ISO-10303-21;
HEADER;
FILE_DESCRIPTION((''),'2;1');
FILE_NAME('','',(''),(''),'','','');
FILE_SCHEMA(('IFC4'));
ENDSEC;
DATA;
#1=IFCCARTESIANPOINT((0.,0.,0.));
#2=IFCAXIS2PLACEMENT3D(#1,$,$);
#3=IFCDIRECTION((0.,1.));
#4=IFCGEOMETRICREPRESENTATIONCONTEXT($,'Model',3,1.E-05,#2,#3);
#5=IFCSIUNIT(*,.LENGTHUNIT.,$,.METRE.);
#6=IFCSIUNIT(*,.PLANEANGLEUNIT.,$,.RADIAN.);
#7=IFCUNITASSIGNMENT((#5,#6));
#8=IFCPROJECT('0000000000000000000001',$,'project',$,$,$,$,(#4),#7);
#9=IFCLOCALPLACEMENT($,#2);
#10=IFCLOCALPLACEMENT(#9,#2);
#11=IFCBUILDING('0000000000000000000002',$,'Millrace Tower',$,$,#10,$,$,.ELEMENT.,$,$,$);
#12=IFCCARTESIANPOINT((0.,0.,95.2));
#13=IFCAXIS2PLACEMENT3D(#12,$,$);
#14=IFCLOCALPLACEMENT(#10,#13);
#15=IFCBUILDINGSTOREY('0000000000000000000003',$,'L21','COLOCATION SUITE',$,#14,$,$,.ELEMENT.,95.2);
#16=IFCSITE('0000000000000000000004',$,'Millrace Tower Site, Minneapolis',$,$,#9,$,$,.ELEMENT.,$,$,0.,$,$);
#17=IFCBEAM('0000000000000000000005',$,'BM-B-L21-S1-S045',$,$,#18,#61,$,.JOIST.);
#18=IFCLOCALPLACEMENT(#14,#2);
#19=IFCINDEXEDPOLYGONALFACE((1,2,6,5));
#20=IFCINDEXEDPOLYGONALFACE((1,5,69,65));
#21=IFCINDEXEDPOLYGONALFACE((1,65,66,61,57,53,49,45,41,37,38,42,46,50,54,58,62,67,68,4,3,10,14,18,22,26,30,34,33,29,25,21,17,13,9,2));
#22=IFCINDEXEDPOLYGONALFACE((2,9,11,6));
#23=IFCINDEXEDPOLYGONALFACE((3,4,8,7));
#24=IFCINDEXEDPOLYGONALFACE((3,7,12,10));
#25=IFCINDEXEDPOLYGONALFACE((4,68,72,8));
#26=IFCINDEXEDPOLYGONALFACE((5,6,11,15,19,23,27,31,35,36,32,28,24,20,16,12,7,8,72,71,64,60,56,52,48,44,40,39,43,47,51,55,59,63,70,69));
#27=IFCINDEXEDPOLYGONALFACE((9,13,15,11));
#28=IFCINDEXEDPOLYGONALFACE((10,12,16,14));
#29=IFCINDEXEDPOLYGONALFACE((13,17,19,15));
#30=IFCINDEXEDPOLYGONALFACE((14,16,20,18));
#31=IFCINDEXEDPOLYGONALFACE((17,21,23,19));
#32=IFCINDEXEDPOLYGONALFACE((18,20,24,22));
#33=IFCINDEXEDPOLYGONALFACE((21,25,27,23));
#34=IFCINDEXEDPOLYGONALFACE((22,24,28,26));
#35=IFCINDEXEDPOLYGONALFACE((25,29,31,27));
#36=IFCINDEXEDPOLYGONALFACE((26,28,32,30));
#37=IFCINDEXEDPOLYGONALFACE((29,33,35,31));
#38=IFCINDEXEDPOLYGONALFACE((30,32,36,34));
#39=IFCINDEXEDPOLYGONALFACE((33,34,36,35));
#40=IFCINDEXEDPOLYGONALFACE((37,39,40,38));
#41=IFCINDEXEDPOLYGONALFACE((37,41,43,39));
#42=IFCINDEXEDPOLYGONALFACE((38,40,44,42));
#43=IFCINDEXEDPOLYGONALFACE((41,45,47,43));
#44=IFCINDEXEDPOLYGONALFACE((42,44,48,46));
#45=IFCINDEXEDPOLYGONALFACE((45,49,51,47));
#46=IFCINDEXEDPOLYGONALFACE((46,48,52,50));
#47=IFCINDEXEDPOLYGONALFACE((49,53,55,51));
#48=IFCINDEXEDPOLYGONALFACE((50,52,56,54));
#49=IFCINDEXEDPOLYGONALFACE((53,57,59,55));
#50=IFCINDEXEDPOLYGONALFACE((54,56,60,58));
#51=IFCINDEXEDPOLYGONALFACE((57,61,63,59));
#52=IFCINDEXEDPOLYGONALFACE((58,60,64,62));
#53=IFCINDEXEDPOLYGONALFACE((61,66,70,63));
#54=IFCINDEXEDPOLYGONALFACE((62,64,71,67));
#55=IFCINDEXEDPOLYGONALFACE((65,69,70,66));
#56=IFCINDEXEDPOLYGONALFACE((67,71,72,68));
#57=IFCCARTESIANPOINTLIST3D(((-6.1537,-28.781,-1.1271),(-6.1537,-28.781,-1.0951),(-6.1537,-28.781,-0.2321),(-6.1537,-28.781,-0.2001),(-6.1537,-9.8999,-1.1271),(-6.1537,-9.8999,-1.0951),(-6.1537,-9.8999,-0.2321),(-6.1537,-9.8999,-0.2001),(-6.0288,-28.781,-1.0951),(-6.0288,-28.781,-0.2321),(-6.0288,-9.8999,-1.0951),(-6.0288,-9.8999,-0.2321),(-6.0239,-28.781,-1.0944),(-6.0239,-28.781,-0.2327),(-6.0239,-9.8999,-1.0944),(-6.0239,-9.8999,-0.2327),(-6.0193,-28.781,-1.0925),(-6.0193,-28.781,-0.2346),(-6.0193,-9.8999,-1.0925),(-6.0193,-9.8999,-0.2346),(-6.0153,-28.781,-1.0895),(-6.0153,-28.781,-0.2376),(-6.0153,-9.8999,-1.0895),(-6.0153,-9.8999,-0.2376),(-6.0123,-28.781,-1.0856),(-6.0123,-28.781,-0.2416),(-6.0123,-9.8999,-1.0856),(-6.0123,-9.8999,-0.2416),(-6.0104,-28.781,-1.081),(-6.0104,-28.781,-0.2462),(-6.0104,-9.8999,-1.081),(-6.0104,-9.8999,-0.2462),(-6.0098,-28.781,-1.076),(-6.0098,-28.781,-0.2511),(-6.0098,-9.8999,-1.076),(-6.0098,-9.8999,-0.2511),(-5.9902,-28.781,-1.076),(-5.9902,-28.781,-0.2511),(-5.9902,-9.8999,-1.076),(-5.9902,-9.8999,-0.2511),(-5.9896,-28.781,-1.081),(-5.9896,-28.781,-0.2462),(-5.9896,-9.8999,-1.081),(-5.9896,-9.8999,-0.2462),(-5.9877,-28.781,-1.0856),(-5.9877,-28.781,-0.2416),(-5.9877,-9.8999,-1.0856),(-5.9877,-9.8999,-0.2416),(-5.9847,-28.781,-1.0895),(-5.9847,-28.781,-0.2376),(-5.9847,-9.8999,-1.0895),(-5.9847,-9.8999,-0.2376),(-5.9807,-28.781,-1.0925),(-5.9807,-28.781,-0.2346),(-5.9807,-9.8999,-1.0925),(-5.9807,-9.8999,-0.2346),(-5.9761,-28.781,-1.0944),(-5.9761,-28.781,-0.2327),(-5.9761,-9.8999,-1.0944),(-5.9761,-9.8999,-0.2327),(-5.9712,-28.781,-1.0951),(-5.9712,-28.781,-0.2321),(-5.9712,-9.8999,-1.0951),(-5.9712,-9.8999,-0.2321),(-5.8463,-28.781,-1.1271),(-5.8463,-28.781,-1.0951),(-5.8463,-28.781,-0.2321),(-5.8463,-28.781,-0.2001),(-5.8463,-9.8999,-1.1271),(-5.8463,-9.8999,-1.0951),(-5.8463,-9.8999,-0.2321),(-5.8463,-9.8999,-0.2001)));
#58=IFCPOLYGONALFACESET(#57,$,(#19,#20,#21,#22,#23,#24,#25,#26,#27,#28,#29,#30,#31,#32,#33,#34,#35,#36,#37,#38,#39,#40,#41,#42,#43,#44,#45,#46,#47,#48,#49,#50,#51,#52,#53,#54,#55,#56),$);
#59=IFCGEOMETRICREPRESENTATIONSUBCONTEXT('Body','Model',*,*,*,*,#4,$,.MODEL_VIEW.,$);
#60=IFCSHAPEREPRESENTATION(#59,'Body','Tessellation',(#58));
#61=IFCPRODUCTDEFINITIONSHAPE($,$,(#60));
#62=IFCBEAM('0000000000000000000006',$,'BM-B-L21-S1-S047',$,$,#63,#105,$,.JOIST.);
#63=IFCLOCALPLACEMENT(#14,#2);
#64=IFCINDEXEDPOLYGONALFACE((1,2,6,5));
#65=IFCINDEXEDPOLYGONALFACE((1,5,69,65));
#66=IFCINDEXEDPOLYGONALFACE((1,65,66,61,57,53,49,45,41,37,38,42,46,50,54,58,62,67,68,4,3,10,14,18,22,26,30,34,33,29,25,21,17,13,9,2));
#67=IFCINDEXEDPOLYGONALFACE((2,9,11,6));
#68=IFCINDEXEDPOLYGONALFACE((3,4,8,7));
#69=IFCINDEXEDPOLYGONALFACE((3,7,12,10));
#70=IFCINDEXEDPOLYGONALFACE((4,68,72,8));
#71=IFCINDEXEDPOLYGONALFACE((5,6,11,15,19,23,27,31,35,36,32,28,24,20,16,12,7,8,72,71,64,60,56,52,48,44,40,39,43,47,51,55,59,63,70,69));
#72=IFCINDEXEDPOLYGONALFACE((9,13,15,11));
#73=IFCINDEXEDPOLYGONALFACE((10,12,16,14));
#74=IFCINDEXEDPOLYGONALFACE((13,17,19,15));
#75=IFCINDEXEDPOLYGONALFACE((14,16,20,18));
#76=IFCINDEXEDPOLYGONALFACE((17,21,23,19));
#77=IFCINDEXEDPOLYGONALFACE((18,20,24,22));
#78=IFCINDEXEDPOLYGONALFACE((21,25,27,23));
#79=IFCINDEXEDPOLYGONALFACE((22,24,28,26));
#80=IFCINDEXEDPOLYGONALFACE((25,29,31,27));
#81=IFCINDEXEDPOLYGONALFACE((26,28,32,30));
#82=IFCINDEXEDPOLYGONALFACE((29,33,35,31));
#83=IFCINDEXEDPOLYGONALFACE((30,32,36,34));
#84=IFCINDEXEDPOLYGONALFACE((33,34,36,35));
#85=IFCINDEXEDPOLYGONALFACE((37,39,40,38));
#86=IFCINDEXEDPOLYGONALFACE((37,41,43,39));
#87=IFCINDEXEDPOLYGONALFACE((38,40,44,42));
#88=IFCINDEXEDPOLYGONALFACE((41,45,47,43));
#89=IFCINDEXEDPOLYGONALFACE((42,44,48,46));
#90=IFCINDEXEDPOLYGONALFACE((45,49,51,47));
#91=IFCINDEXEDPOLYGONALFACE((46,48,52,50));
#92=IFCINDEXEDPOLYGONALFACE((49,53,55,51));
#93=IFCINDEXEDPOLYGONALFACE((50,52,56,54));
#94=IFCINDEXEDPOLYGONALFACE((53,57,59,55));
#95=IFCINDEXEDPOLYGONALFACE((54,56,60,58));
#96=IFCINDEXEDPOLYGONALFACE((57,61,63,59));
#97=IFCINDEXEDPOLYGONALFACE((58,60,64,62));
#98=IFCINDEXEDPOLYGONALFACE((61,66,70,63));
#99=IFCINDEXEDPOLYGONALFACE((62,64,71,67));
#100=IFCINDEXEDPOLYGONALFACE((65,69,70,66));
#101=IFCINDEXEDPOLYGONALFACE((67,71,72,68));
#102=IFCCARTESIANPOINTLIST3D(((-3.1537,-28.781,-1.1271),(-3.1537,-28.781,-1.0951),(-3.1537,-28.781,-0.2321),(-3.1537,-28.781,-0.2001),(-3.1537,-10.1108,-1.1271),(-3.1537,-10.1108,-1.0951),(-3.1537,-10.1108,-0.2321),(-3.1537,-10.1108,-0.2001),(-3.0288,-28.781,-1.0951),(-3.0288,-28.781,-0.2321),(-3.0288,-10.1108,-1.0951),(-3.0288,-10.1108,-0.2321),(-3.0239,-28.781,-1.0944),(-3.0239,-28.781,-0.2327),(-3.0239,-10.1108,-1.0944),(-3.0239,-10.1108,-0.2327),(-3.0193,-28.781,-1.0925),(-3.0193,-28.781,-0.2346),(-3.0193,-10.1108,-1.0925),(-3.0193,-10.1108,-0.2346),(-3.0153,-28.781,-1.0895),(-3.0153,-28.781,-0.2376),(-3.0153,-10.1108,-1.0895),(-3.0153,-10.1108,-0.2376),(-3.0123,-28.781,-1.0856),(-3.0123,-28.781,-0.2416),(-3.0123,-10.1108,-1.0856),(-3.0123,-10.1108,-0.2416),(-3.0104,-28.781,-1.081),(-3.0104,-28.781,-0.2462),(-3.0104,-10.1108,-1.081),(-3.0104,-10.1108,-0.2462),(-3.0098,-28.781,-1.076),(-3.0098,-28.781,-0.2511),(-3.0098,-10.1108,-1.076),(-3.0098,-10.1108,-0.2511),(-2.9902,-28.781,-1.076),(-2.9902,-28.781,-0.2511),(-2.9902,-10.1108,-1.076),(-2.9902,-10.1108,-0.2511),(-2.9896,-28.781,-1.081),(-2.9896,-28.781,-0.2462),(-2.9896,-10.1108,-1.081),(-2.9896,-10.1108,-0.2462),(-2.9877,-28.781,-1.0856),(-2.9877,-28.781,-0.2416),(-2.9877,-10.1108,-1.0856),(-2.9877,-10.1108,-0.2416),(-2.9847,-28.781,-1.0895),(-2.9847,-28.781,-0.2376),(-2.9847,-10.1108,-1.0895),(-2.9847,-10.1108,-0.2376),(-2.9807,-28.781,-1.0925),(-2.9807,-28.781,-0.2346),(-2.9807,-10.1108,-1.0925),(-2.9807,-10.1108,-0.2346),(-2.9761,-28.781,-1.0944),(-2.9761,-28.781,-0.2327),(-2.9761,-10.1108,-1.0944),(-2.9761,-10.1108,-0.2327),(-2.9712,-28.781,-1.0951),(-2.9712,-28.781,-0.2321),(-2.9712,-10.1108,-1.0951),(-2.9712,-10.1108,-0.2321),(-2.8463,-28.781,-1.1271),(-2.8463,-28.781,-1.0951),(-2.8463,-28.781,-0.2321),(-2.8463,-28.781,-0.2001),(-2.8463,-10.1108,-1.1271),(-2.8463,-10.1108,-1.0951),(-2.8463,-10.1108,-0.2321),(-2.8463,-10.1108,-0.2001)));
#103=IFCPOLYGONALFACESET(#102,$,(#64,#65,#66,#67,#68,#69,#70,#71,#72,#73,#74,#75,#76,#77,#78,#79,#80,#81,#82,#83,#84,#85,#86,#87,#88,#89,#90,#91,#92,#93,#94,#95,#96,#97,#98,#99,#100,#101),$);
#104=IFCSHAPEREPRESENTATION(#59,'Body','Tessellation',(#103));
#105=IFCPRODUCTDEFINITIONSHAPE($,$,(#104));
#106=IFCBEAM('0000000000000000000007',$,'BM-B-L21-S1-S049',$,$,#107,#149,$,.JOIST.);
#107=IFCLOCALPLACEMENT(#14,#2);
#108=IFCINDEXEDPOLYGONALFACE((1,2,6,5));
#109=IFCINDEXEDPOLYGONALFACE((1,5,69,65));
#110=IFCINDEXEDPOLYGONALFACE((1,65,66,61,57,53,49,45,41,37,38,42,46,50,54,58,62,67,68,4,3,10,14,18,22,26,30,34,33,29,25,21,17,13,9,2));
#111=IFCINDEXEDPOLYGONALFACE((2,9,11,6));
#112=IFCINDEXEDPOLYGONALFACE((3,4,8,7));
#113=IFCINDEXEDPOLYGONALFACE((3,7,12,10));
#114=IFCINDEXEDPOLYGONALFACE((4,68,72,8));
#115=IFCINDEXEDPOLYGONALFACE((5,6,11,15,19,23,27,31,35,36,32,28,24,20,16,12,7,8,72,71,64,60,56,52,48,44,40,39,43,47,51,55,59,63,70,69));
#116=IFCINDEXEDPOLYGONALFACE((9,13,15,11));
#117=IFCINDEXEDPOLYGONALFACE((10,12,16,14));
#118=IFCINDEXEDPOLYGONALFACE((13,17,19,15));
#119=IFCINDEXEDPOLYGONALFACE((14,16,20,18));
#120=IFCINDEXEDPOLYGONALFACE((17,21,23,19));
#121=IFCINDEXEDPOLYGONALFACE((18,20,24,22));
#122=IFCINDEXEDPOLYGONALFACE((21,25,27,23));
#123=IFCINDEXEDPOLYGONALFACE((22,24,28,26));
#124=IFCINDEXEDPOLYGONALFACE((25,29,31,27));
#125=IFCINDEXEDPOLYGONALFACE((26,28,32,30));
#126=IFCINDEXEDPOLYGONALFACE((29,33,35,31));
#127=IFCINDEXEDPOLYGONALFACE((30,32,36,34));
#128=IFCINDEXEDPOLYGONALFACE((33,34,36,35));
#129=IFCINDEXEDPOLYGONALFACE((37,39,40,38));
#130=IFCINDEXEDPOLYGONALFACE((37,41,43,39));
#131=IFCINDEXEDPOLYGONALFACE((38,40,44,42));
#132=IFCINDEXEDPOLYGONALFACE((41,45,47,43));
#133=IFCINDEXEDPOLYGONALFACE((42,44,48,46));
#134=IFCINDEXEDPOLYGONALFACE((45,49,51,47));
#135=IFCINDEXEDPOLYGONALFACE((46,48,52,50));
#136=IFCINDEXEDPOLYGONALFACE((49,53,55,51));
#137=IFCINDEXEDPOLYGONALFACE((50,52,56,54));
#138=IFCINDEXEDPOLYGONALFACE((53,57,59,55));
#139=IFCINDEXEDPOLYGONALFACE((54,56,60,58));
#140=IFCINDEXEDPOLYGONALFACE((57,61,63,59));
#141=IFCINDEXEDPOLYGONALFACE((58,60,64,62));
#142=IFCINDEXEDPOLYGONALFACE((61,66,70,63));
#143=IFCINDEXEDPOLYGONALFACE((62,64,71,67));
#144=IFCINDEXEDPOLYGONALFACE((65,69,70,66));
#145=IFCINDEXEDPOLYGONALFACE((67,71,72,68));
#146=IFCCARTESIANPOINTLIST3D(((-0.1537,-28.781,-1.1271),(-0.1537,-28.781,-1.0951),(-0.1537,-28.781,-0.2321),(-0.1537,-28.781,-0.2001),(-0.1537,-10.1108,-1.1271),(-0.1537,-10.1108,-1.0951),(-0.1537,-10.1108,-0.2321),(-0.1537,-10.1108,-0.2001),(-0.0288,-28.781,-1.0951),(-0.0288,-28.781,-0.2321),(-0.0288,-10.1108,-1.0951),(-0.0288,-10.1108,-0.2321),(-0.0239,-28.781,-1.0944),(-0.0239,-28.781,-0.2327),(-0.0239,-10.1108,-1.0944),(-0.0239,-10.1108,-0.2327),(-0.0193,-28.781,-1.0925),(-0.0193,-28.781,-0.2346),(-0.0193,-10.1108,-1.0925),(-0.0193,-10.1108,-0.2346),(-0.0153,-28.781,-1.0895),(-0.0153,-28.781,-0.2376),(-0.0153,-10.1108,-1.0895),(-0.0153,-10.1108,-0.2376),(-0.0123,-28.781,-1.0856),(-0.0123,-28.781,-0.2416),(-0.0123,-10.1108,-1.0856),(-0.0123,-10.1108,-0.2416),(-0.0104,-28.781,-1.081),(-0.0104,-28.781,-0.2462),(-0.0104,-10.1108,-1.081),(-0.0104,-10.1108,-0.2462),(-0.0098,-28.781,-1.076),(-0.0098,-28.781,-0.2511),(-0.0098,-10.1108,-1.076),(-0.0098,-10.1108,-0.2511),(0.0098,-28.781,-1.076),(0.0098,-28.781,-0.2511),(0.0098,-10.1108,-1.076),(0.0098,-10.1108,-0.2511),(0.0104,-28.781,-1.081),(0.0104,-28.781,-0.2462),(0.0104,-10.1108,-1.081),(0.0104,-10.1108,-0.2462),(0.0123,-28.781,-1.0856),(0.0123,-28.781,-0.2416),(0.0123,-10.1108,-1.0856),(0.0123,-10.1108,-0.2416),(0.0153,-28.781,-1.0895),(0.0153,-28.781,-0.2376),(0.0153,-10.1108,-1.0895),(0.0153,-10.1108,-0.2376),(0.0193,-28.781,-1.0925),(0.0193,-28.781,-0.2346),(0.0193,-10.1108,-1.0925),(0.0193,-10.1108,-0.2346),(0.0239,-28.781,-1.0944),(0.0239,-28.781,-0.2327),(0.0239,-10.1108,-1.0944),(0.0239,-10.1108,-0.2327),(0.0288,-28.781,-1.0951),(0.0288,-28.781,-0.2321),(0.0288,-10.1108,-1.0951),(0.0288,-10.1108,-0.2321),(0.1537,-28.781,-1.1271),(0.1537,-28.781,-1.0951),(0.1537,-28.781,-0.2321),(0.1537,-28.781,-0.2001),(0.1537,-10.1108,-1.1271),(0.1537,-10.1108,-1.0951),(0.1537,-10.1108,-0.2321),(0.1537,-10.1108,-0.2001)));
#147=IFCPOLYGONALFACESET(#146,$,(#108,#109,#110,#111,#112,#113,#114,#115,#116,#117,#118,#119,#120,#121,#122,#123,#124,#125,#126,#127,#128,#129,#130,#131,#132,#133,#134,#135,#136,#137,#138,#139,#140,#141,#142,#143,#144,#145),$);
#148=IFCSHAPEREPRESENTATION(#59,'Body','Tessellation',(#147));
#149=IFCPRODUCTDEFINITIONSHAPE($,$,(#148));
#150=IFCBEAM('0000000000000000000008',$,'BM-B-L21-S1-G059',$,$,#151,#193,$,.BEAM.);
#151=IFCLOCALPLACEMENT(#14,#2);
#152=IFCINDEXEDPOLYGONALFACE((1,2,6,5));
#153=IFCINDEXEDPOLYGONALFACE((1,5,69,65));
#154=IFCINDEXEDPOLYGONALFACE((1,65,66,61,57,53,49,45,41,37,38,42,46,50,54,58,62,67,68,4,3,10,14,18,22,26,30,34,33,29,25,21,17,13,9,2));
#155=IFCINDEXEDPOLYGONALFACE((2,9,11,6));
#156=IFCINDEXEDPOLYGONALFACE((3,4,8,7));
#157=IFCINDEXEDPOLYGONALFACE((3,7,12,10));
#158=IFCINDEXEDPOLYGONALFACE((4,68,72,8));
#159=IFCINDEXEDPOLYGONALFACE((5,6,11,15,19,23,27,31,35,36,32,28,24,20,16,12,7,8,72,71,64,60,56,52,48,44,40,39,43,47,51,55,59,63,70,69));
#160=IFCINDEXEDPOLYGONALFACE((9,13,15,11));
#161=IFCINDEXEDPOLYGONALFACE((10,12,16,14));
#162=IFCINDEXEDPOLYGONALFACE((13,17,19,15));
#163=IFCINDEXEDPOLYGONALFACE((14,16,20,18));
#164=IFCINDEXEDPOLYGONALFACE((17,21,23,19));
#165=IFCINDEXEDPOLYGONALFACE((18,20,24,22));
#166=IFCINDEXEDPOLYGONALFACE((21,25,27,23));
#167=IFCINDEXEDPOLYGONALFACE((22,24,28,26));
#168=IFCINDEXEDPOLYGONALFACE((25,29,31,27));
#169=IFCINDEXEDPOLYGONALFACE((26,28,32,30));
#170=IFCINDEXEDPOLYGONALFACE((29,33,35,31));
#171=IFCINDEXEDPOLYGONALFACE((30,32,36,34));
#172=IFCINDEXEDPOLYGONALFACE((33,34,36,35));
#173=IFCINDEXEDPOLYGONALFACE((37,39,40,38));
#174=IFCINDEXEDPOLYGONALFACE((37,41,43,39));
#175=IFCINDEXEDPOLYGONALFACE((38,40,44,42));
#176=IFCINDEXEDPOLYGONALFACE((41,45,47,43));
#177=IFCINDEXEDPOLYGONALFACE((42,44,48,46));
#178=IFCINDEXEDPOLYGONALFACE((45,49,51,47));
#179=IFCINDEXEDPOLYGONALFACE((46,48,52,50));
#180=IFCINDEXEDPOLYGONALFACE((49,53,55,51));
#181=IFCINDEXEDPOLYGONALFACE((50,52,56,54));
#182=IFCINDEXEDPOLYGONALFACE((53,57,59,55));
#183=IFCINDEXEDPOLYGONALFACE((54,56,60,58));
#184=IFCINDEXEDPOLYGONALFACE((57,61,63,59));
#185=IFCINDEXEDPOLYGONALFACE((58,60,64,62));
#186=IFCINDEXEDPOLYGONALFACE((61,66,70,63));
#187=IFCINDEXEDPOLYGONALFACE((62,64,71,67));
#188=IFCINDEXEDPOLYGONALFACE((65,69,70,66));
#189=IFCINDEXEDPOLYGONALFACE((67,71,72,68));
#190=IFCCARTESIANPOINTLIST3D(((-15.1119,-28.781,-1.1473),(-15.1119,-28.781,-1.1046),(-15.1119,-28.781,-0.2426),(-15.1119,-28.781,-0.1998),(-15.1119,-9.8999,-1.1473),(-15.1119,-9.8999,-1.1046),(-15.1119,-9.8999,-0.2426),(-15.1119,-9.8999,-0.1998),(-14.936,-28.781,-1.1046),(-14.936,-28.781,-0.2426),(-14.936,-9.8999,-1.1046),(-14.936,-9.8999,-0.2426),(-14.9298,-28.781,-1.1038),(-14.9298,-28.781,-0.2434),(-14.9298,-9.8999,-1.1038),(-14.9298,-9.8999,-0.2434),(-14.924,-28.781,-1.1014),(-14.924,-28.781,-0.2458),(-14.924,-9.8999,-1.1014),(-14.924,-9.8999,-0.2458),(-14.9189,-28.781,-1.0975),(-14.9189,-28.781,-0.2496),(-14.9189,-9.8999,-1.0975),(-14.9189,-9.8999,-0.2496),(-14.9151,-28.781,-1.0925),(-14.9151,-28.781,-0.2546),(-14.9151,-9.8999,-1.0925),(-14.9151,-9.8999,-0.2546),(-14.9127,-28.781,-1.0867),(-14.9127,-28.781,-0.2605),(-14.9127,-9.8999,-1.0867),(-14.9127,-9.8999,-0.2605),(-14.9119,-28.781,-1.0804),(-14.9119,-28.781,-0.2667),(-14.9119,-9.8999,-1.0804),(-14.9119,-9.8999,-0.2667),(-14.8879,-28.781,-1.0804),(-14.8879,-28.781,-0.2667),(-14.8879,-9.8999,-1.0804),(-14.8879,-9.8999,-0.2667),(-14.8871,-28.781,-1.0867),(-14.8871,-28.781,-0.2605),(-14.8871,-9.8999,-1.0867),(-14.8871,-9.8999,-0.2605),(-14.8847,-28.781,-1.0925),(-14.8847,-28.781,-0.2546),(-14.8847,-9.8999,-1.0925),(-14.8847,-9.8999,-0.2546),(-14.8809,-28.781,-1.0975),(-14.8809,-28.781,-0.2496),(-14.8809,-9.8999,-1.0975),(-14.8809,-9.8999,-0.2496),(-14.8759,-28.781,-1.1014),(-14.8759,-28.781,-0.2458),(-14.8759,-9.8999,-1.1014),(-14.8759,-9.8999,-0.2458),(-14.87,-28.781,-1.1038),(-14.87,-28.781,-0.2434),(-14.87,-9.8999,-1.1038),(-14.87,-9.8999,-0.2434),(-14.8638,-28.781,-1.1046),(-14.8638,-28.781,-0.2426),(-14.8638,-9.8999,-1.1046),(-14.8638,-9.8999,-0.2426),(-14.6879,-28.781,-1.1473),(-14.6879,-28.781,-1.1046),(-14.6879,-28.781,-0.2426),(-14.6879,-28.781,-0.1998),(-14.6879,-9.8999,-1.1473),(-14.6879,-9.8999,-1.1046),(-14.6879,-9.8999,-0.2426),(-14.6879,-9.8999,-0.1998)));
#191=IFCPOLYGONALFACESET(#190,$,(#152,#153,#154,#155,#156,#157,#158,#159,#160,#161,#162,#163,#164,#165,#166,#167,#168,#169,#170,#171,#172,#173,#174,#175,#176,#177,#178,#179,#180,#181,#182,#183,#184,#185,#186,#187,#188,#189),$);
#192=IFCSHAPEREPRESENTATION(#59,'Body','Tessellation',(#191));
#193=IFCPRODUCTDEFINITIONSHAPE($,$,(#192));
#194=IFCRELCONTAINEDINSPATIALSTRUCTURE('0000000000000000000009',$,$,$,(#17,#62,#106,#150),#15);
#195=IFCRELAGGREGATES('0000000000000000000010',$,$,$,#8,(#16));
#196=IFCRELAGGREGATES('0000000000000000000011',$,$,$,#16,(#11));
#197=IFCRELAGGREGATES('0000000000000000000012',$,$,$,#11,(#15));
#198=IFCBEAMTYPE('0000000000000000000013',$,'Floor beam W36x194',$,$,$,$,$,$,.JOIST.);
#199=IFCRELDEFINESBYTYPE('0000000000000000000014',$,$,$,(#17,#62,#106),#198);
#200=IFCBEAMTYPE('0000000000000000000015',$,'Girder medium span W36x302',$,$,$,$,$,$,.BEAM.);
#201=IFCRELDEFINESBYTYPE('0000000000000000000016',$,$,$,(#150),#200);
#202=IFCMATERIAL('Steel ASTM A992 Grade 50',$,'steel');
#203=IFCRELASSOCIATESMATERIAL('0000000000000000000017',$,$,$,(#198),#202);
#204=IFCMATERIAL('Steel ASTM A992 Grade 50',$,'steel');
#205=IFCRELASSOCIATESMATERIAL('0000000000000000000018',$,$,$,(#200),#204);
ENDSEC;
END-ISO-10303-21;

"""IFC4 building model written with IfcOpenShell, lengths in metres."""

from ifc_helpers import new_model, si_unit, direction, frame, origin, origin_2d, place, context, subcontext, project, spatial, i_section, extrude, material, material_profile, profile_set, type_object, element, save


model = new_model("IFC4")

# Units and contexts
model_context = context("Model", 3, precision=1e-05, world=origin(), true_north=direction((0.0, 1.0)))
body_context = subcontext(model_context, "Body", "Model", "MODEL_VIEW")
ifc_project = project(units=[si_unit("LENGTHUNIT", "METRE"), si_unit("PLANEANGLEUNIT", "RADIAN")], contexts=[model_context])

# Site, building, storey
site_placement = place(None, origin())
site = spatial("IfcSite", under=ifc_project, at=site_placement, Name="Millrace Tower Site, Minneapolis", CompositionType="ELEMENT", RefElevation=0.0)
building_placement = place(site_placement, origin())
building = spatial("IfcBuilding", under=site, at=building_placement, Name="Millrace Tower", CompositionType="ELEMENT")
storey_placement = place(building_placement, frame((0.0, 0.0, 95.2)))
storey = spatial("IfcBuildingStorey", under=building, at=storey_placement, Name="L21", Description="COLOCATION SUITE", CompositionType="ELEMENT", Elevation=95.2)

# Beams
ifc_material_1 = material(Name="Steel ASTM A992 Grade 50", Category="steel")
ifc_material_profile_1 = material_profile(ifc_material_1, i_section(OverallWidth=0.3074, OverallDepth=0.927, WebThickness=0.0195, FlangeThickness=0.032, FilletRadius=0.019, at=origin_2d()))
ifc_profile_set_1 = profile_set([ifc_material_profile_1], Name="Steel ASTM A992 Grade 50")
beam_type_1 = type_object("IfcBeamType", Name="Floor beam W36x194", PredefinedType="JOIST", material=ifc_profile_set_1)
for number, where, z_axis, x_axis, name in (
    (1, (-6.0, -28.781, -0.6636), (0.0, 1.0, 0.0), (-1.0, 0.0, 0.0), "BM-B-L21-S1-S045"),
):
    element("IfcBeam", number, at=place(storey_placement, frame(where, z_axis=z_axis, x_axis=x_axis)), inside=storey, type_object=beam_type_1, Name=name, PredefinedType="JOIST", context=body_context, shape_type="SweptSolid", body=[
        extrude(i_section(OverallWidth=0.3074, OverallDepth=0.927, WebThickness=0.0195, FlangeThickness=0.032, FilletRadius=0.019, at=origin_2d()), origin(), (0.0, 0.0, 1.0), 18.8811),
    ])
for number, where, z_axis, x_axis, name in (
    (2, (-3.0, -28.781, -0.6636), (0.0, 1.0, 0.0), (-1.0, 0.0, 0.0), "BM-B-L21-S1-S047"),
    (3, (0.0, -28.781, -0.6636), (0.0, 1.0, 0.0), (-1.0, 0.0, 0.0), "BM-B-L21-S1-S049"),
):
    element("IfcBeam", number, at=place(storey_placement, frame(where, z_axis=z_axis, x_axis=x_axis)), inside=storey, type_object=beam_type_1, Name=name, PredefinedType="JOIST", context=body_context, shape_type="SweptSolid", body=[
        extrude(i_section(OverallWidth=0.3074, OverallDepth=0.927, WebThickness=0.0195, FlangeThickness=0.032, FilletRadius=0.019, at=origin_2d()), origin(), (0.0, 0.0, 1.0), 18.6702),
    ])
ifc_material_2 = material(Name="Steel ASTM A992 Grade 50", Category="steel")
ifc_material_profile_2 = material_profile(ifc_material_2, i_section(OverallWidth=0.4241, OverallDepth=0.9475, WebThickness=0.0239, FlangeThickness=0.0427, FilletRadius=0.0242, at=origin_2d()))
ifc_profile_set_2 = profile_set([ifc_material_profile_2], Name="Steel ASTM A992 Grade 50")
beam_type_2 = type_object("IfcBeamType", Name="Girder medium span W36x302", PredefinedType="BEAM", material=ifc_profile_set_2)
beam_1_placement = place(storey_placement, frame((-14.8999, -28.781, -0.6736), z_axis=(0.0, 1.0, 0.0), x_axis=(-1.0, 0.0, 0.0)))
element("IfcBeam", 4, at=beam_1_placement, inside=storey, type_object=beam_type_2, Name="BM-B-L21-S1-G059", PredefinedType="BEAM", context=body_context, shape_type="SweptSolid", body=[
    extrude(i_section(OverallWidth=0.4241, OverallDepth=0.9475, WebThickness=0.0239, FlangeThickness=0.0427, FilletRadius=0.0242, at=origin_2d()), origin(), (0.0, 0.0, 1.0), 18.8811),
])

save(model, "model.ifc")
